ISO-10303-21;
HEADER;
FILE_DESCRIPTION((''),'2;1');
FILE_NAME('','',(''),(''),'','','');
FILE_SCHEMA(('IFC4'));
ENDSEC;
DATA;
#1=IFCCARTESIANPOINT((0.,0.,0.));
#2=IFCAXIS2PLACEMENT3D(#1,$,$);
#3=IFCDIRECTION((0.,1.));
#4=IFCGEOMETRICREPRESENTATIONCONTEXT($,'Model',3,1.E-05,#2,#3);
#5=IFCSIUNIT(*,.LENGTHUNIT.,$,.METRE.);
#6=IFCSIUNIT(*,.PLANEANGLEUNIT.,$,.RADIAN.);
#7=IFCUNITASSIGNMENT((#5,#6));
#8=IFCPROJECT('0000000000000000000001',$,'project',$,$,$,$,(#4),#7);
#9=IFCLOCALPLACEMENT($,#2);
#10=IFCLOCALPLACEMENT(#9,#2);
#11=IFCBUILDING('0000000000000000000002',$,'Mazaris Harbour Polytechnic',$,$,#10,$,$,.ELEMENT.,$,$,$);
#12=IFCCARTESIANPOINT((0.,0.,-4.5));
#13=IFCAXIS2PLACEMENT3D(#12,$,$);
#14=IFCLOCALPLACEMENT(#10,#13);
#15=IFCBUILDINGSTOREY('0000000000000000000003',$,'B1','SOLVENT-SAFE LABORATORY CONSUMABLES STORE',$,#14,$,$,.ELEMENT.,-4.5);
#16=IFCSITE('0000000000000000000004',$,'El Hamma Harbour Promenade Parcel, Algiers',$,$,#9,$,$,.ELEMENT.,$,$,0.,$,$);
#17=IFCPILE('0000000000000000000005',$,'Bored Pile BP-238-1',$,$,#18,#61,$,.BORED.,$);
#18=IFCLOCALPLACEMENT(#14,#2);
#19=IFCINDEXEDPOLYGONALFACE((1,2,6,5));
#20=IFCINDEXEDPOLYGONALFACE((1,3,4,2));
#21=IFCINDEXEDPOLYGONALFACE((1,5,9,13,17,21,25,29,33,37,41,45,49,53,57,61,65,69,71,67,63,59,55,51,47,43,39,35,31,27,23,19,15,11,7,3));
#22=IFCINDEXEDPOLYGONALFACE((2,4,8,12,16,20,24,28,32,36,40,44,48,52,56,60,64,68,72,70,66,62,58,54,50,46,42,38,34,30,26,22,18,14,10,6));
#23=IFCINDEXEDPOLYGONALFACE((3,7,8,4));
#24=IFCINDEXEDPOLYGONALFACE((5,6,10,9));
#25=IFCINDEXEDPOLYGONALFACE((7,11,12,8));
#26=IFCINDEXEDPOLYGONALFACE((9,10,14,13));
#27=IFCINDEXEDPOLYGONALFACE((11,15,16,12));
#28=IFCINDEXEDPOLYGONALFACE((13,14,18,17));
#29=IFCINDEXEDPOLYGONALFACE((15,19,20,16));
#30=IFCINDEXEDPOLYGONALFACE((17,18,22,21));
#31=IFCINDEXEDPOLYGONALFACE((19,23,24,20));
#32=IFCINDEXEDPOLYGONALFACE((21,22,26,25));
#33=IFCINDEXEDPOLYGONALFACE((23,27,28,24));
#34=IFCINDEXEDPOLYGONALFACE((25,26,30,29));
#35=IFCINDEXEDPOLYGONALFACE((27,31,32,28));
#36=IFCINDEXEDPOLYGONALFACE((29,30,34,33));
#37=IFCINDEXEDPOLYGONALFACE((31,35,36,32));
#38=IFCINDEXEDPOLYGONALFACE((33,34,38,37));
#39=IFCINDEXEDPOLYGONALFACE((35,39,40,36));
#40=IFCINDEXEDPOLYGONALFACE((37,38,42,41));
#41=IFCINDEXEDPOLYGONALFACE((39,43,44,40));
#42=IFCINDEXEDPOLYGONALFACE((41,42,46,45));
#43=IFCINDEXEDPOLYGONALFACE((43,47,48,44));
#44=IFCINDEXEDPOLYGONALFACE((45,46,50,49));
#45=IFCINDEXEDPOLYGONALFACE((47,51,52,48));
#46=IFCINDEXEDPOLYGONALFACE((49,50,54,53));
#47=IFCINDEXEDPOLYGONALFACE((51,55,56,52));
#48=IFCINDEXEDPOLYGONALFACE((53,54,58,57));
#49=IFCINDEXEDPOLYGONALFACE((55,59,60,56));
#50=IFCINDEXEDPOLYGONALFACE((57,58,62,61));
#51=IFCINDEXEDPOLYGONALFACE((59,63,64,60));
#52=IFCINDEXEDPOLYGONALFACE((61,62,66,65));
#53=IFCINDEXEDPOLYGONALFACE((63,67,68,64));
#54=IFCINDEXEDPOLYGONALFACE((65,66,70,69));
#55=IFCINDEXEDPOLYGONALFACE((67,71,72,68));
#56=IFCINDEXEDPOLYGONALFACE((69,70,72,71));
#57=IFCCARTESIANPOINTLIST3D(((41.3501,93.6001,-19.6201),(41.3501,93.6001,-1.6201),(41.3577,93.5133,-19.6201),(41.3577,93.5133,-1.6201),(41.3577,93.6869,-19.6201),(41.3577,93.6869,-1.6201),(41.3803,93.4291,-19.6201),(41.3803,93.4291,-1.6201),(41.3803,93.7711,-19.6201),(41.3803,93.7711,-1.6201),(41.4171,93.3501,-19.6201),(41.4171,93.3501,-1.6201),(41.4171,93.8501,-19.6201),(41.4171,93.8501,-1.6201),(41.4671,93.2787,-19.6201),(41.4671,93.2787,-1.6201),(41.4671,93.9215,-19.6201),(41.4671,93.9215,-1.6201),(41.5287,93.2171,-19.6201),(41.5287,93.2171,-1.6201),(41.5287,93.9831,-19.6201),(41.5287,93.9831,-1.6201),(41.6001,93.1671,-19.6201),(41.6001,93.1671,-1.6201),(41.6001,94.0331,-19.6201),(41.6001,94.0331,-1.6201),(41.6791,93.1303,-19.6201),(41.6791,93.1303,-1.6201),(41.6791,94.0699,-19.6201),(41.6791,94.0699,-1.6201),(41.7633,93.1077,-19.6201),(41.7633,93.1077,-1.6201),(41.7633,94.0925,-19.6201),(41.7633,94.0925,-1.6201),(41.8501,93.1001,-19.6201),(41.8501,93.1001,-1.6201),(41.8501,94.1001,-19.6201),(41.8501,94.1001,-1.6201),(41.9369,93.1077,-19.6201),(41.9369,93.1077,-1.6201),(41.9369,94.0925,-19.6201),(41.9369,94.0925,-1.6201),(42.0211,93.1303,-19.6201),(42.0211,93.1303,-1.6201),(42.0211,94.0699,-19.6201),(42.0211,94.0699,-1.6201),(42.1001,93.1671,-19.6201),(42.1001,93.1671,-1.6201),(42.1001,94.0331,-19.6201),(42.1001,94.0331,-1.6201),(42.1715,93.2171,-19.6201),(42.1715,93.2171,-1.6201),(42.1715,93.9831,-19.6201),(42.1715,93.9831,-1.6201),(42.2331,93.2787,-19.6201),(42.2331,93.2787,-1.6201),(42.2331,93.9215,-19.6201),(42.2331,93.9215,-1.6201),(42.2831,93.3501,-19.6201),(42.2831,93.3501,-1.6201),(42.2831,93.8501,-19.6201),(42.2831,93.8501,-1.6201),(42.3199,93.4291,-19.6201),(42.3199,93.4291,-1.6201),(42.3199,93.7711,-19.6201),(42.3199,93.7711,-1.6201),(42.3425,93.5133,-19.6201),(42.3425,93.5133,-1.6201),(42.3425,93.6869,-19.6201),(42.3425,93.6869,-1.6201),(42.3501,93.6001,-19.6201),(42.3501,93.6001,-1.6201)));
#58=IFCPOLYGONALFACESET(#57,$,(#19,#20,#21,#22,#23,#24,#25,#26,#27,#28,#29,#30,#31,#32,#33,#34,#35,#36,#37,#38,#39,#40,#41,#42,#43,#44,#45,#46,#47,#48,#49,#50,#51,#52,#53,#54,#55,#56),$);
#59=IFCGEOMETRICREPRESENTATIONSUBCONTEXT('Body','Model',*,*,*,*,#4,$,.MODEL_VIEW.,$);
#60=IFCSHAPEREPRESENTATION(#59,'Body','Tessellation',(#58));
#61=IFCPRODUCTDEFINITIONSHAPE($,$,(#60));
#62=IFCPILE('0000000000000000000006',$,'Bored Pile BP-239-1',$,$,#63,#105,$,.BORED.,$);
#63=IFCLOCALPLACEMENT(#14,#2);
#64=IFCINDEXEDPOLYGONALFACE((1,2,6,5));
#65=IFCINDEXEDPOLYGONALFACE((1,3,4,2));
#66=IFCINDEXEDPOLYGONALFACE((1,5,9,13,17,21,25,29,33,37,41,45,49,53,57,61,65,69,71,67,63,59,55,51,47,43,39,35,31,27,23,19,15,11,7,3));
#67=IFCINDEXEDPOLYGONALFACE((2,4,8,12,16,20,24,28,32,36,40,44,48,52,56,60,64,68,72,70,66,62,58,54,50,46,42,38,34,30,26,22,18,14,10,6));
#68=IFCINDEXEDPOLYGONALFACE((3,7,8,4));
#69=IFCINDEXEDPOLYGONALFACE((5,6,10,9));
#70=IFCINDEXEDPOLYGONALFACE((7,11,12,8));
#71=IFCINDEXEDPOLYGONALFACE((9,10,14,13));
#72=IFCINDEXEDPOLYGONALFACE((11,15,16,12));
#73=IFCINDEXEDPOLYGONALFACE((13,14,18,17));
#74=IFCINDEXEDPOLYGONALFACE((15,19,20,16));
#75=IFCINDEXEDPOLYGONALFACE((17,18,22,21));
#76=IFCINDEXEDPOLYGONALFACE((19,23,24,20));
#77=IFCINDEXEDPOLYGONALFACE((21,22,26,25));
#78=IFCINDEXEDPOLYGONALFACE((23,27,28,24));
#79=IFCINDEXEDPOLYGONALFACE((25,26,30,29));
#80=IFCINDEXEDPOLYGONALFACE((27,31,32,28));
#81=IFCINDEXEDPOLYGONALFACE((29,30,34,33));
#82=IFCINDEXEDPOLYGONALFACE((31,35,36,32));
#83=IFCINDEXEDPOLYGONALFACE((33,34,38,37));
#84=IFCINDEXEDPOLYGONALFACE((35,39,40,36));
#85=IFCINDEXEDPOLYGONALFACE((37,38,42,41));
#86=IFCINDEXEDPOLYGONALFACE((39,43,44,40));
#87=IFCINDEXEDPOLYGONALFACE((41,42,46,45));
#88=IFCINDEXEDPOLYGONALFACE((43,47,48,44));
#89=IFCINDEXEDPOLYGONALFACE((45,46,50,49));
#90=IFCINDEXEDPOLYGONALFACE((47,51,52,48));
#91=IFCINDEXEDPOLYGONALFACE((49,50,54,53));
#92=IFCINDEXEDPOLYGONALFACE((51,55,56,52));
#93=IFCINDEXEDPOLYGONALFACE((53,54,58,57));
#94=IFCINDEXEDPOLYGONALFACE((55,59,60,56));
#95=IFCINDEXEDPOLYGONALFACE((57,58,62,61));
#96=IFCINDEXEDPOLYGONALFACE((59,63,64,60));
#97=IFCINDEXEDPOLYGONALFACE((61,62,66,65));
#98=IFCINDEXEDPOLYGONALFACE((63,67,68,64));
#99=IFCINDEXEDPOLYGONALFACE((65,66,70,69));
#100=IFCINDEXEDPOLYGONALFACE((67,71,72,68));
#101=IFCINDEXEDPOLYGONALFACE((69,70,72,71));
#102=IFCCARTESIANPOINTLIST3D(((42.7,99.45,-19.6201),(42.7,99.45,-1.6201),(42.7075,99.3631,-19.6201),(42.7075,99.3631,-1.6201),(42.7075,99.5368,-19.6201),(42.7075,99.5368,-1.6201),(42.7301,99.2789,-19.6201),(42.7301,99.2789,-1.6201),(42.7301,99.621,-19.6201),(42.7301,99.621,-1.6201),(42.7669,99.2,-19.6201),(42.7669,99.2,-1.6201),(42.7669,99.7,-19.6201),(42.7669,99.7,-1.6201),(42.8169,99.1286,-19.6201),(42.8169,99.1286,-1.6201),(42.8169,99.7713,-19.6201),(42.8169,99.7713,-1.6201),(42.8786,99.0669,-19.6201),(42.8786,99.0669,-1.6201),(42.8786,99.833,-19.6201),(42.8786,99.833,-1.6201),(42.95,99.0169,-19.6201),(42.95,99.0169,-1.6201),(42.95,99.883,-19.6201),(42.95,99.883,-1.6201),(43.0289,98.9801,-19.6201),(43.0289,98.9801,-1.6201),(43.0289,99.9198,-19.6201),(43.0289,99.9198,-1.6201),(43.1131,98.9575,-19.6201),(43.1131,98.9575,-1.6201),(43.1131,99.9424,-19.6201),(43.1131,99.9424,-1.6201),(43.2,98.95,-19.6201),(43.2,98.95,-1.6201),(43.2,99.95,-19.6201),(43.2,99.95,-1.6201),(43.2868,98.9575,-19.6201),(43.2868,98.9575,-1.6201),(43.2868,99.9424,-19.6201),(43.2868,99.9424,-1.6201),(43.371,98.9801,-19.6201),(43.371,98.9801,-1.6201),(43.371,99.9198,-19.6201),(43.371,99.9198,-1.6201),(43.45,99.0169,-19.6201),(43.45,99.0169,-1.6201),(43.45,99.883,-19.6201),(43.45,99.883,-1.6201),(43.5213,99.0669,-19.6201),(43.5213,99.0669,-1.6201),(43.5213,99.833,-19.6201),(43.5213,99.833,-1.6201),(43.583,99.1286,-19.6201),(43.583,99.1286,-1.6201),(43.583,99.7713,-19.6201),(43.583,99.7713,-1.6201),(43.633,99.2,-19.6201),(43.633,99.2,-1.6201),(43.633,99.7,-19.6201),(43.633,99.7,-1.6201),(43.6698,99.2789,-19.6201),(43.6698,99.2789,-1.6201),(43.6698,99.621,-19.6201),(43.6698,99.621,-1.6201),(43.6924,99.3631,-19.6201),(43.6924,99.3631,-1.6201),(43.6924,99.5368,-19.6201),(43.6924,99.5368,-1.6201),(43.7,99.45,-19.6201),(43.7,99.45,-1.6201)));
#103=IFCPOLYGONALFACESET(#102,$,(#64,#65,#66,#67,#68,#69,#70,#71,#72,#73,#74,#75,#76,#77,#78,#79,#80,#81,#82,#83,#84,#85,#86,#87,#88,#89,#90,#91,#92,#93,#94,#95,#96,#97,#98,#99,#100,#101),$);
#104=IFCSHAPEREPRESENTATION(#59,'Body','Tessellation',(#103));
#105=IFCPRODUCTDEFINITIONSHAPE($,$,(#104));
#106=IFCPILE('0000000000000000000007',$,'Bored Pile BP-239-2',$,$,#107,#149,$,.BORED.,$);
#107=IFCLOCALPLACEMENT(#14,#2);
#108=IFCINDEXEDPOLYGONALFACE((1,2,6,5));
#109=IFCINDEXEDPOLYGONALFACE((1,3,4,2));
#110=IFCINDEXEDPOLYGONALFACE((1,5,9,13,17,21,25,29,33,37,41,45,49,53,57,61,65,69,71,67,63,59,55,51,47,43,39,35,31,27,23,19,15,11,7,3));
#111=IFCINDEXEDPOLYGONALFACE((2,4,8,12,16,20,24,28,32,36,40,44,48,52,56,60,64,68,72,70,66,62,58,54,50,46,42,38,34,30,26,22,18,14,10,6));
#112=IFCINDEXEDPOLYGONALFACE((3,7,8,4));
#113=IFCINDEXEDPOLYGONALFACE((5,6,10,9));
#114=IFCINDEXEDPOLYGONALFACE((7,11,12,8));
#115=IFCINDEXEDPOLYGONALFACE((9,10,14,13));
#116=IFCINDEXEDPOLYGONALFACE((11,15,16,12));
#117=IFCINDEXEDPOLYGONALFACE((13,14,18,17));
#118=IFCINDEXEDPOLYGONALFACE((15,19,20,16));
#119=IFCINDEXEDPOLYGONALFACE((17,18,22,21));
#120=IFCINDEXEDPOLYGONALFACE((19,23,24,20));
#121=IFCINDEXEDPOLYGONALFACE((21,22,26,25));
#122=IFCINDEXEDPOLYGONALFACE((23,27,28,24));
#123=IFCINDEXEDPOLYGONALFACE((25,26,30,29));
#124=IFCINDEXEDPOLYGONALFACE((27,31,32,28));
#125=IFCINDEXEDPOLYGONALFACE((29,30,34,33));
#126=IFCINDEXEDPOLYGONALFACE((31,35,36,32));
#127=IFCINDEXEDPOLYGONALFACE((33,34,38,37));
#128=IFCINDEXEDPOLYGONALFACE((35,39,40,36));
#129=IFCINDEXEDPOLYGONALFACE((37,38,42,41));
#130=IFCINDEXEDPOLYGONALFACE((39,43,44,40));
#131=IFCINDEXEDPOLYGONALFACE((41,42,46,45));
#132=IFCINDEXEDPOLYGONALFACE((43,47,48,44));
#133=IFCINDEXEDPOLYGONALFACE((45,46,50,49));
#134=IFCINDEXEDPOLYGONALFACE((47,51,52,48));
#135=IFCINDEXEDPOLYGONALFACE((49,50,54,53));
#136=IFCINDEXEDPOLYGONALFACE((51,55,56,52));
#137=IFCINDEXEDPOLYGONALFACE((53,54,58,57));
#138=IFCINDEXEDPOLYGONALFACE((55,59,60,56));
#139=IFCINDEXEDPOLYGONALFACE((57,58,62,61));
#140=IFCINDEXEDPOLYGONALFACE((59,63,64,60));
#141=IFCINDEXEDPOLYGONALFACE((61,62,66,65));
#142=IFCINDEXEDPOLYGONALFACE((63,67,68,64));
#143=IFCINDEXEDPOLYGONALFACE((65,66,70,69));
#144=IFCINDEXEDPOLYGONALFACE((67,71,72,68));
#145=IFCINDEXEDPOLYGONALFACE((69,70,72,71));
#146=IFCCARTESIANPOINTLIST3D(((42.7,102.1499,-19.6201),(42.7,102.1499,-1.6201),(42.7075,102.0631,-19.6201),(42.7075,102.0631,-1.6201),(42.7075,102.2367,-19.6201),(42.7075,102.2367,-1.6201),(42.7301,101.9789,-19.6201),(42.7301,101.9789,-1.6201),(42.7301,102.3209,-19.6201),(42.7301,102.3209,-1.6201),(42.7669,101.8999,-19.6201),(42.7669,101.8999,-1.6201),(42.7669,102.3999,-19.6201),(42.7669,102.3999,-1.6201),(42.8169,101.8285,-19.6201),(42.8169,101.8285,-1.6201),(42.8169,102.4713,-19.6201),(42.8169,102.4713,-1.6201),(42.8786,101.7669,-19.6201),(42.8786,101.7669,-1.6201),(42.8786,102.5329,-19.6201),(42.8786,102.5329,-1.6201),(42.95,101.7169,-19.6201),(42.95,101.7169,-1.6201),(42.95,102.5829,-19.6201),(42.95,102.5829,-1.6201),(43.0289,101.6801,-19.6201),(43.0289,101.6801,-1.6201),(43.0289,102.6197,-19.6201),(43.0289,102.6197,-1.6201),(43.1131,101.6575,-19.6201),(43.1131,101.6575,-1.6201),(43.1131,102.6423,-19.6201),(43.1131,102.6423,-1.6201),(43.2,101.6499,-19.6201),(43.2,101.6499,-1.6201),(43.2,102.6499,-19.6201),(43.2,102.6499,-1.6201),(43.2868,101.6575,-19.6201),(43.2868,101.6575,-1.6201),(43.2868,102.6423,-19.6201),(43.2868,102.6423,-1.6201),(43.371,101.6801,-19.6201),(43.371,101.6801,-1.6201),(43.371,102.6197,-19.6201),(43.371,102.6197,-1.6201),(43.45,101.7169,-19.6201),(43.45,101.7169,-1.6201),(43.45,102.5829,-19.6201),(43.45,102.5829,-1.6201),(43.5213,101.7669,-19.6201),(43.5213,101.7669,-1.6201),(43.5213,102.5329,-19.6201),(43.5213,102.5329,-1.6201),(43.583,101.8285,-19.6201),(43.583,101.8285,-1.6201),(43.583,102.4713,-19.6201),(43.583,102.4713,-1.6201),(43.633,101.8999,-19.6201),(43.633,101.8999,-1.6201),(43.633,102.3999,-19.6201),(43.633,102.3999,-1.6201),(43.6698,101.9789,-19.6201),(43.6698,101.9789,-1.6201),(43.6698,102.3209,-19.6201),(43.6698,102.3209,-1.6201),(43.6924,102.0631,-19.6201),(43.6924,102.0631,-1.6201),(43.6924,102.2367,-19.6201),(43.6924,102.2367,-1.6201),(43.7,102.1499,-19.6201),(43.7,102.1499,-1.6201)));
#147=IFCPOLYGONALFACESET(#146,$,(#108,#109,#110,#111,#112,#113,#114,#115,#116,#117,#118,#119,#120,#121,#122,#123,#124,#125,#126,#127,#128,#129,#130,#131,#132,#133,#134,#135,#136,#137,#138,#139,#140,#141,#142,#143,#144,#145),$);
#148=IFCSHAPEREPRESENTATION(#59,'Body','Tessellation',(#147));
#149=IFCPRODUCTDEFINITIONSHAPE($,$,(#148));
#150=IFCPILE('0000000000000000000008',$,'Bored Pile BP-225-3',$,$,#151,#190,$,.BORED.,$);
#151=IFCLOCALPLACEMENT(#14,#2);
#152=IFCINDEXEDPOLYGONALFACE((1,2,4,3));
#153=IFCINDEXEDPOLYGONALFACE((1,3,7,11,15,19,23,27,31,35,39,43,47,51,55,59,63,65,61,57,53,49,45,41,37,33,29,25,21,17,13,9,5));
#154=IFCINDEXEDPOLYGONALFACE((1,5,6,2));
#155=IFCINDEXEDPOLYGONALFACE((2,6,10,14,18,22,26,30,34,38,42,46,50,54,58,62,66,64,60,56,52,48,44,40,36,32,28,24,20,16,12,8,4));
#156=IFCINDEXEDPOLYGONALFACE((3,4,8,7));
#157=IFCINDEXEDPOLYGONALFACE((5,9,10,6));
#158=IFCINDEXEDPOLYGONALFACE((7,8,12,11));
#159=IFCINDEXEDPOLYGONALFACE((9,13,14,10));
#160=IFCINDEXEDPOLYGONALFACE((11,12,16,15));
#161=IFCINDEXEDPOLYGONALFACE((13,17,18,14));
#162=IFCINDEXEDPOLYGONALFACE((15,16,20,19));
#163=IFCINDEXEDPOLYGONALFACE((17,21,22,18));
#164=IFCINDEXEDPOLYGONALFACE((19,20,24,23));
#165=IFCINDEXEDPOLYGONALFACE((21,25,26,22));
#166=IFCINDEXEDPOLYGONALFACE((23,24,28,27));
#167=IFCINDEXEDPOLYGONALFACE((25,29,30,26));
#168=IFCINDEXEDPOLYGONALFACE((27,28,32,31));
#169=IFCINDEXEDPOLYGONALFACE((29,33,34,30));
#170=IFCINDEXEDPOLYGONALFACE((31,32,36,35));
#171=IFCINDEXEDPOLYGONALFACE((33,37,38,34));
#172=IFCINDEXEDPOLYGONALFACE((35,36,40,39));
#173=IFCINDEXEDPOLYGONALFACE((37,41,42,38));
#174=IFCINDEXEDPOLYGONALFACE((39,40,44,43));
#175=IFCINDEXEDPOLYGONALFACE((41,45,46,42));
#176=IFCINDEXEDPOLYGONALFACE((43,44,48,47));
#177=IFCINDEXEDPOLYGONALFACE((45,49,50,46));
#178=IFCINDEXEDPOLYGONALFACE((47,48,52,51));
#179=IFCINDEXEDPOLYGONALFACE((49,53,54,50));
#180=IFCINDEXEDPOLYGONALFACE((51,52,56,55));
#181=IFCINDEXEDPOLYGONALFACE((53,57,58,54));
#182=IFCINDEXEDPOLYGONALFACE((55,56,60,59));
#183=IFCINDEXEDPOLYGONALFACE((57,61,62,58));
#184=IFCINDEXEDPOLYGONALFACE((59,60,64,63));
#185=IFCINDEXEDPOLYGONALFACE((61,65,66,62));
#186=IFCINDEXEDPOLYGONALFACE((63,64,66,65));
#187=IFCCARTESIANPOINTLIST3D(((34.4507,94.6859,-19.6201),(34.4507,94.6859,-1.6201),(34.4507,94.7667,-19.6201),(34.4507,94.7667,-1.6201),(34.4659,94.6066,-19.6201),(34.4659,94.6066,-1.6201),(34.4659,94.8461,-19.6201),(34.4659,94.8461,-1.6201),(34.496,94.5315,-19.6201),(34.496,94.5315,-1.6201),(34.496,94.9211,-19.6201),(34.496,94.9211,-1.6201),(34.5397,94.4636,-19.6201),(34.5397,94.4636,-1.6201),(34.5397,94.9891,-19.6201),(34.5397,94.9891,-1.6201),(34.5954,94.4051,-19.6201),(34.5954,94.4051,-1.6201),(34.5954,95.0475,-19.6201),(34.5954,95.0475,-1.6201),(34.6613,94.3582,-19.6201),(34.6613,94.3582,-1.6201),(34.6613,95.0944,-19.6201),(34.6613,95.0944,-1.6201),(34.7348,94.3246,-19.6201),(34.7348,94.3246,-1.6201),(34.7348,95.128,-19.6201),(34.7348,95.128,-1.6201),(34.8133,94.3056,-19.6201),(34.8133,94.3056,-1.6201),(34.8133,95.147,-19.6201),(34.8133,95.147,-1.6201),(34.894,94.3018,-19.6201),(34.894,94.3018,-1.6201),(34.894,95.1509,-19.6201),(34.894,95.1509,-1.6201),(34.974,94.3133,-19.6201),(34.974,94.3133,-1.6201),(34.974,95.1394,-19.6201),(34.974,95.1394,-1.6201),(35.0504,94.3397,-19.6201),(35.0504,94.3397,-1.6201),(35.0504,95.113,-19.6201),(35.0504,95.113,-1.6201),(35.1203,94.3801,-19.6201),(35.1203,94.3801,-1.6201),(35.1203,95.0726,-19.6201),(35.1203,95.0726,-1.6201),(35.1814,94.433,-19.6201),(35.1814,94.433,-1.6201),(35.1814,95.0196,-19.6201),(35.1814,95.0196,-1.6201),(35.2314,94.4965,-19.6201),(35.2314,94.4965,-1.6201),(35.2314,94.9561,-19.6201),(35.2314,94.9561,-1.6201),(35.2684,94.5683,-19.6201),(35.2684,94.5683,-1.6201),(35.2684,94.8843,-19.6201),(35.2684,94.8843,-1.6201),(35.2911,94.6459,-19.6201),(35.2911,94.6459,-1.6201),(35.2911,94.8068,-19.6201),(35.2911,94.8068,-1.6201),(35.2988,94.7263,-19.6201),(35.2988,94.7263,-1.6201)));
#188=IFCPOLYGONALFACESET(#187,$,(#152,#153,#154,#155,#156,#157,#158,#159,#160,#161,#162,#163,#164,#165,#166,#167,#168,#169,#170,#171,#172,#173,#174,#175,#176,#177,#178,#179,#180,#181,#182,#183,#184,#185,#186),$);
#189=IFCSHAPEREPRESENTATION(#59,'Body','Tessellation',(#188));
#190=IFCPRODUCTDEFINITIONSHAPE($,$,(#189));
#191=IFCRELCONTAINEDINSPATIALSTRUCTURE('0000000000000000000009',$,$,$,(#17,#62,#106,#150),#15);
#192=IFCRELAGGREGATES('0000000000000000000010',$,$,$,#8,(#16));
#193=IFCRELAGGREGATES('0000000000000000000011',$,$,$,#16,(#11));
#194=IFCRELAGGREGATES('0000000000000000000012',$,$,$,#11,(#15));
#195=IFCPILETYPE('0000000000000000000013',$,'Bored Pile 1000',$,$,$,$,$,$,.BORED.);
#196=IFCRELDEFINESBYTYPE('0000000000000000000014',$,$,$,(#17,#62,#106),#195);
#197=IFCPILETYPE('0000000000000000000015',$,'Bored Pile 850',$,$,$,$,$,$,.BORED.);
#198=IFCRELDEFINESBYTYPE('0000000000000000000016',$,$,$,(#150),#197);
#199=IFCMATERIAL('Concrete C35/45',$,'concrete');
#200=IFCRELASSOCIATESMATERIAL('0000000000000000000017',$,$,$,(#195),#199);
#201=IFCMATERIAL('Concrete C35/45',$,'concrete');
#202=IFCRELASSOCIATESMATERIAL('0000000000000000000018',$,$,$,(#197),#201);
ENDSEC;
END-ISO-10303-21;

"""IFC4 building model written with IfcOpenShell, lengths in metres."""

from ifc_helpers import new_model, si_unit, direction, frame, origin, origin_2d, place, context, subcontext, project, spatial, circle, extrude, material, material_profile, profile_set, type_object, element, save


model = new_model("IFC4")

# Units and contexts
model_context = context("Model", 3, precision=1e-05, world=origin(), true_north=direction((0.0, 1.0)))
body_context = subcontext(model_context, "Body", "Model", "MODEL_VIEW")
ifc_project = project(units=[si_unit("LENGTHUNIT", "METRE"), si_unit("PLANEANGLEUNIT", "RADIAN")], contexts=[model_context])

# Site, building, storey
site_placement = place(None, origin())
site = spatial("IfcSite", under=ifc_project, at=site_placement, Name="El Hamma Harbour Promenade Parcel, Algiers", CompositionType="ELEMENT", RefElevation=0.0)
building_placement = place(site_placement, origin())
building = spatial("IfcBuilding", under=site, at=building_placement, Name="Mazaris Harbour Polytechnic", CompositionType="ELEMENT")
storey_placement = place(building_placement, frame((0.0, 0.0, -4.5)))
storey = spatial("IfcBuildingStorey", under=building, at=storey_placement, Name="B1", Description="SOLVENT-SAFE LABORATORY CONSUMABLES STORE", CompositionType="ELEMENT", Elevation=-4.5)

# Piles
ifc_material_1 = material(Name="Concrete C35/45", Category="concrete")
ifc_material_profile_1 = material_profile(ifc_material_1, circle(Radius=0.5, at=origin_2d()), Name="DIA1000")
ifc_profile_set_1 = profile_set([ifc_material_profile_1], Name="Concrete C35/45")
pile_type_1 = type_object("IfcPileType", Name="Bored Pile 1000", PredefinedType="BORED", material=ifc_profile_set_1)
for number, where, z_axis, x_axis, name in (
    (1, (41.8501, 93.6001, -1.6201), (0.0, 0.0, -1.0), (1.0, 0.0, 0.0), "Bored Pile BP-238-1"),
    (2, (43.2, 99.45, -1.6201), (0.0, 0.0, -1.0), (1.0, 0.0, 0.0), "Bored Pile BP-239-1"),
    (3, (43.2, 102.1499, -1.6201), (0.0, 0.0, -1.0), (1.0, 0.0, 0.0), "Bored Pile BP-239-2"),
):
    element("IfcPile", number, at=place(storey_placement, frame(where, z_axis=z_axis, x_axis=x_axis)), inside=storey, type_object=pile_type_1, Name=name, PredefinedType="BORED", context=body_context, shape_type="SweptSolid", body=[
        extrude(circle(Radius=0.5, at=origin_2d()), origin(), (0.0, 0.0, 1.0), 18.0),
    ])
ifc_material_2 = material(Name="Concrete C35/45", Category="concrete")
ifc_material_profile_2 = material_profile(ifc_material_2, circle(Radius=0.425, at=origin_2d()), Name="DIA850")
ifc_profile_set_2 = profile_set([ifc_material_profile_2], Name="Concrete C35/45")
pile_type_2 = type_object("IfcPileType", Name="Bored Pile 850", PredefinedType="BORED", material=ifc_profile_set_2)
for number, where, z_axis, x_axis, name in (
    (4, (34.8738, 94.7263, -1.6201), (0.0, 0.0, -1.0), (1.0, 0.0, 0.0), "Bored Pile BP-225-3"),
):
    element("IfcPile", number, at=place(storey_placement, frame(where, z_axis=z_axis, x_axis=x_axis)), inside=storey, type_object=pile_type_2, Name=name, PredefinedType="BORED", context=body_context, shape_type="SweptSolid", body=[
        extrude(circle(Radius=0.425, at=origin_2d()), origin(), (0.0, 0.0, 1.0), 18.0),
    ])

save(model, "model.ifc")
